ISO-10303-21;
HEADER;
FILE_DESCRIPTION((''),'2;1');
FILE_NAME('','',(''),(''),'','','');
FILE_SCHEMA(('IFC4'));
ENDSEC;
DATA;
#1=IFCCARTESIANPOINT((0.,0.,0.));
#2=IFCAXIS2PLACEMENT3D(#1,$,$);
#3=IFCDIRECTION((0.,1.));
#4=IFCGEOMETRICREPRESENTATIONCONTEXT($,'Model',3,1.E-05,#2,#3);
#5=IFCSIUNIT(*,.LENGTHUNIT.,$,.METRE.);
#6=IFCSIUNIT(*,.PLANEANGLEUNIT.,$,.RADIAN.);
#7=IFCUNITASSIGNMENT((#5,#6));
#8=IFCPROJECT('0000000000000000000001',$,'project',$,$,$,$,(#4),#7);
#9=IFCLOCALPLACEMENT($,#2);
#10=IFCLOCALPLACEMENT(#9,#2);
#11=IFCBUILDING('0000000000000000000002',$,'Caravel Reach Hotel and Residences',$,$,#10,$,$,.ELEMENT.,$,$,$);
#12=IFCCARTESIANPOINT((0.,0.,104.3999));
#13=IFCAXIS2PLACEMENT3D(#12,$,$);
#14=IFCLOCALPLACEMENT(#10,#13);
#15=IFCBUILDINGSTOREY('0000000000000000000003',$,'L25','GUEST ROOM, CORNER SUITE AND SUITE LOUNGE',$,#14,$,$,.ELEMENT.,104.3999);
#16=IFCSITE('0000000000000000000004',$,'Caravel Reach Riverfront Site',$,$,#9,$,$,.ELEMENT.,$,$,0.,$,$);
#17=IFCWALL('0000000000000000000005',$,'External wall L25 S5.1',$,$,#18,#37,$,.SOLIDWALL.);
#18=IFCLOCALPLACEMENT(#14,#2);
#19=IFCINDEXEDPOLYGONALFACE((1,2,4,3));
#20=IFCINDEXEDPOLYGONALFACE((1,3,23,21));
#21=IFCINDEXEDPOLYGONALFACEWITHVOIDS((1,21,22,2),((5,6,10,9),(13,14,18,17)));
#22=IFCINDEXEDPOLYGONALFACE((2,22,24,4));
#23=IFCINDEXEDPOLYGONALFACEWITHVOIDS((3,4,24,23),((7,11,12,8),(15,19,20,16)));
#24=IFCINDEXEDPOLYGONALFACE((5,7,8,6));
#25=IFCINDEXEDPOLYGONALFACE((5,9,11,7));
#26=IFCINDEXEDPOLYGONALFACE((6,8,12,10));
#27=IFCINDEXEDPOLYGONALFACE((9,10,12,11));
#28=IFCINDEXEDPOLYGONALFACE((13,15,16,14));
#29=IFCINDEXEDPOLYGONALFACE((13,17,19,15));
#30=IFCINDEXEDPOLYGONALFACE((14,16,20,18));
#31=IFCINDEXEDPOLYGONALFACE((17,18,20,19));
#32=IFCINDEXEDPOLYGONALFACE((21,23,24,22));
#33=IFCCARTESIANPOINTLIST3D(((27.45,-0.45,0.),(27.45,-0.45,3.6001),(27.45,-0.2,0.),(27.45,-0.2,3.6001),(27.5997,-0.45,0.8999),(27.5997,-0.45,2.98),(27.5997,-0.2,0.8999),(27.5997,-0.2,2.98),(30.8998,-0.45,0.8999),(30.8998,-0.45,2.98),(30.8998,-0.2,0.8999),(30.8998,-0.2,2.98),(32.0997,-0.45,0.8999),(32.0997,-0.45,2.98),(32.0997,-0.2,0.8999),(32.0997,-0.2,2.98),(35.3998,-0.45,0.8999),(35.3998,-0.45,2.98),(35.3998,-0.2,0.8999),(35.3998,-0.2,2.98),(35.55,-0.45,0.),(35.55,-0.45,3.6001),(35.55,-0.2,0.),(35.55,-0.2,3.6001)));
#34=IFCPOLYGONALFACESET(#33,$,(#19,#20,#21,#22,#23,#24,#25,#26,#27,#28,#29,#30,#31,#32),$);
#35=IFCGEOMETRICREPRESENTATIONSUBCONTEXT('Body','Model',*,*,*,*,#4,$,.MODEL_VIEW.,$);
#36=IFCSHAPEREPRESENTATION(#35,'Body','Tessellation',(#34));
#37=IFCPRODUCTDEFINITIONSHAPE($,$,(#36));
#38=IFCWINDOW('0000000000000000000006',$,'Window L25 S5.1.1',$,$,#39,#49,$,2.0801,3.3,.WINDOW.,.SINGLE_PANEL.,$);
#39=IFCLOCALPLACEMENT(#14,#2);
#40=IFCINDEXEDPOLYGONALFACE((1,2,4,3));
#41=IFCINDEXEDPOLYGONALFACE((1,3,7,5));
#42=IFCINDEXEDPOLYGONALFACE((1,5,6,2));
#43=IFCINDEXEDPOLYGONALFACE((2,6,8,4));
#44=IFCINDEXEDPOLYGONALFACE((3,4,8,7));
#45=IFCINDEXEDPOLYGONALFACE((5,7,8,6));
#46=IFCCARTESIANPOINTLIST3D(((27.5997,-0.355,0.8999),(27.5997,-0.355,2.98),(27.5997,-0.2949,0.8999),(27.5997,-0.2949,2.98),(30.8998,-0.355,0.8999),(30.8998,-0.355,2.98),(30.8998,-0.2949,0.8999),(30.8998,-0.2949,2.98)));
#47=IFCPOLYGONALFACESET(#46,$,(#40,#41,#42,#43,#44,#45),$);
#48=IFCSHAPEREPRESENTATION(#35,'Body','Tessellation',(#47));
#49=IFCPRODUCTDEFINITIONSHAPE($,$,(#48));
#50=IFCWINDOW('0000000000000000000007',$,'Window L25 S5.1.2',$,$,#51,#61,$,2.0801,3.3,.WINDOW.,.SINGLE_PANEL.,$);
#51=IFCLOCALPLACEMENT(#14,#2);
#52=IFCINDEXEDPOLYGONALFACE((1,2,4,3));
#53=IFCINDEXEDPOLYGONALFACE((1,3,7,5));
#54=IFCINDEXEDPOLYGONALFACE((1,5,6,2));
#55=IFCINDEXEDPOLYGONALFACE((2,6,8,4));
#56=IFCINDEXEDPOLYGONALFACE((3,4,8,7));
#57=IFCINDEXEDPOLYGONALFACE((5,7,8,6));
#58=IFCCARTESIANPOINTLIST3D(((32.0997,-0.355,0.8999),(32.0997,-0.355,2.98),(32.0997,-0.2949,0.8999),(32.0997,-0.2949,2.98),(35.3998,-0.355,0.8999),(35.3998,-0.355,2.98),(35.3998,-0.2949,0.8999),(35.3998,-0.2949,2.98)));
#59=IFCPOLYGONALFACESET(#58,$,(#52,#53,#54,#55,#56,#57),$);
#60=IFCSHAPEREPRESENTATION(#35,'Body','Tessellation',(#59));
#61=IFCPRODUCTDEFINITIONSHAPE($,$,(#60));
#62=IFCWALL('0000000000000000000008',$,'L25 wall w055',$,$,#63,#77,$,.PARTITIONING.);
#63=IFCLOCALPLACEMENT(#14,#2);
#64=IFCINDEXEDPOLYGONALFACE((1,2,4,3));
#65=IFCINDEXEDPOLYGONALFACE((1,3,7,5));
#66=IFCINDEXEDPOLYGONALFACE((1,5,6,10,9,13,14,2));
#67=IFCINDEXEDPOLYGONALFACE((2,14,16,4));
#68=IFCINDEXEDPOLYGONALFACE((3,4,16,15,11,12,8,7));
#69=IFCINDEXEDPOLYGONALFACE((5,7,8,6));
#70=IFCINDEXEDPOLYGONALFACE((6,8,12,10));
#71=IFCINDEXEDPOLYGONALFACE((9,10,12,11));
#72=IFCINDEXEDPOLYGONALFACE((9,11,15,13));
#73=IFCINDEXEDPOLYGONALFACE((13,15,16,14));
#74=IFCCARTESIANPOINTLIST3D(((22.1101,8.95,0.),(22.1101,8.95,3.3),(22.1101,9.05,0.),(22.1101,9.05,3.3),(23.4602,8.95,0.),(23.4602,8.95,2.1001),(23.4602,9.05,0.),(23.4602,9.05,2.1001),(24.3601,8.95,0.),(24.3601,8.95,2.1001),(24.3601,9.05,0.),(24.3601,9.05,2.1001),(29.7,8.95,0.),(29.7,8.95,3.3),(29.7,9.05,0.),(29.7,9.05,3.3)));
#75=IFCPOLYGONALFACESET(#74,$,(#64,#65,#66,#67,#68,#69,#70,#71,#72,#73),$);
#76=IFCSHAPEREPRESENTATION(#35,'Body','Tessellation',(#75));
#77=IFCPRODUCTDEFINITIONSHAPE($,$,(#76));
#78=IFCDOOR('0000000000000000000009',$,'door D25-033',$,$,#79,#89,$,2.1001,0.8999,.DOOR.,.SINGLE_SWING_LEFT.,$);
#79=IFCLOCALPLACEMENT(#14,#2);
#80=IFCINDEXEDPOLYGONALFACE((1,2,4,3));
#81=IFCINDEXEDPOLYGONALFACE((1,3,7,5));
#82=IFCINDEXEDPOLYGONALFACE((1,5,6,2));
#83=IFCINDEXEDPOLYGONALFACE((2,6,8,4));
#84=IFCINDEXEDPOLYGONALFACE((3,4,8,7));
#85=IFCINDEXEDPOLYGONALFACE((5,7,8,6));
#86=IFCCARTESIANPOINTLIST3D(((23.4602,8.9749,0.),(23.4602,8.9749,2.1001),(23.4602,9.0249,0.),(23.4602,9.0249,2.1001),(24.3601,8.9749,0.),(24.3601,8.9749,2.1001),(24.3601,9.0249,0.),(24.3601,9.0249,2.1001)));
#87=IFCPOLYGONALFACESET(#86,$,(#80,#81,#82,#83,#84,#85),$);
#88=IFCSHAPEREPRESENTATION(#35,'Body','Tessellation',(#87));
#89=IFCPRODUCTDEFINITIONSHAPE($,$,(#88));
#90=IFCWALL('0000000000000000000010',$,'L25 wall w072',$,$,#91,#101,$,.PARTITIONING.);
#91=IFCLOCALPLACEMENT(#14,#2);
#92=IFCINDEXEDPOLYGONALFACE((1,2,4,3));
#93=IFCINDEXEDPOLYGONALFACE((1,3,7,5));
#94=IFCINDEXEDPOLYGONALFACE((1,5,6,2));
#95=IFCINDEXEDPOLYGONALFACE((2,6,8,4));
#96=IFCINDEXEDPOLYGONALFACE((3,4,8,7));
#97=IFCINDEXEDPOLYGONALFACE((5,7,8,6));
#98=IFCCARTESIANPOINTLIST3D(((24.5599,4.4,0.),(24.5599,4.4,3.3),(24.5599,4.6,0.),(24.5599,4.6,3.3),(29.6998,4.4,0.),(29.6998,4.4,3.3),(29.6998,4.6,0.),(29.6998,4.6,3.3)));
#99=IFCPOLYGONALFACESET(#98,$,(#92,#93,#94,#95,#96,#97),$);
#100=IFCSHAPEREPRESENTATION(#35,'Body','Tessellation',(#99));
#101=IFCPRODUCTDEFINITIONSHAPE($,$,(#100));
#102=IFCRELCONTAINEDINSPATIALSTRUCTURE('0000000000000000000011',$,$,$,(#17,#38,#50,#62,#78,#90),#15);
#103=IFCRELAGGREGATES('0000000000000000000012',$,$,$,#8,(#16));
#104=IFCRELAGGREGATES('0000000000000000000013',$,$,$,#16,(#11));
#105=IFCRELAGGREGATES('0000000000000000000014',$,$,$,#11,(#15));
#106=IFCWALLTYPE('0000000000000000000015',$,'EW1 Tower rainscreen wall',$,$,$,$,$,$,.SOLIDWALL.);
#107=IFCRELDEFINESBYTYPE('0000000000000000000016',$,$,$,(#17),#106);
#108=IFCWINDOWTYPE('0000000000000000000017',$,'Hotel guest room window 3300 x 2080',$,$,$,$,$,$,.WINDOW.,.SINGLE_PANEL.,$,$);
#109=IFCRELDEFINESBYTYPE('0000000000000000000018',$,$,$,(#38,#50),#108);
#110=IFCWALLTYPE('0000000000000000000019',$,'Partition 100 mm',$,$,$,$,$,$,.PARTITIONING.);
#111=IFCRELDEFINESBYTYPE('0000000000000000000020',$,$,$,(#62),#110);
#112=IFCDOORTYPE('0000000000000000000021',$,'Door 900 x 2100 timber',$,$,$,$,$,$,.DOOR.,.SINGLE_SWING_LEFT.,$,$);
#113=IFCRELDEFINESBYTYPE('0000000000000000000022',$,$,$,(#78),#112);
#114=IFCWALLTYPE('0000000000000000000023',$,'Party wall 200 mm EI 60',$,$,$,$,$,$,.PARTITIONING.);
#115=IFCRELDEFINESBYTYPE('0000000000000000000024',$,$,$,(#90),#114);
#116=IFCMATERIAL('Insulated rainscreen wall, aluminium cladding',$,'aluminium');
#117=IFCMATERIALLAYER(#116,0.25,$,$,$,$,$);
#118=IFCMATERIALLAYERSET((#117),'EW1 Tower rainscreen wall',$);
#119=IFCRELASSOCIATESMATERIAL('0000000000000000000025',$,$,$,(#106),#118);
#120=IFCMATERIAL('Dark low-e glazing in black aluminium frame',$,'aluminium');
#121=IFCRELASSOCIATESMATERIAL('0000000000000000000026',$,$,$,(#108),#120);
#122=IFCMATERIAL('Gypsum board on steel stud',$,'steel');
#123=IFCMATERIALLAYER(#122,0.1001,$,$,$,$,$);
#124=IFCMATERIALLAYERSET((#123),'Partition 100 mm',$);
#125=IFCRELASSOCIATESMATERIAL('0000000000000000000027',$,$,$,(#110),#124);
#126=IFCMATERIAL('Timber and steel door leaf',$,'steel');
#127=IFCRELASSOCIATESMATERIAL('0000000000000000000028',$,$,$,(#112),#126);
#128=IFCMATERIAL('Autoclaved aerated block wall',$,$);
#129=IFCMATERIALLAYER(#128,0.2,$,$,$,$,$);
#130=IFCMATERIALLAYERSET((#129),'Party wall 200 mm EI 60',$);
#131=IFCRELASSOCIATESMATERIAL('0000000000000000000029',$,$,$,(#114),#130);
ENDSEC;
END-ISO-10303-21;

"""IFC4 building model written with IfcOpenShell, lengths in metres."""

from ifc_helpers import new_model, si_unit, direction, frame, frame_2d, origin, place, context, subcontext, project, spatial, rectangle, extrude, material, layer, layer_set, type_object, element, fill, save


model = new_model("IFC4")

# Units and contexts
model_context = context("Model", 3, precision=1e-05, world=origin(), true_north=direction((0.0, 1.0)))
body_context = subcontext(model_context, "Body", "Model", "MODEL_VIEW")
ifc_project = project(units=[si_unit("LENGTHUNIT", "METRE"), si_unit("PLANEANGLEUNIT", "RADIAN")], contexts=[model_context])

# Site, building, storey
site_placement = place(None, origin())
site = spatial("IfcSite", under=ifc_project, at=site_placement, Name="Caravel Reach Riverfront Site", CompositionType="ELEMENT", RefElevation=0.0)
building_placement = place(site_placement, origin())
building = spatial("IfcBuilding", under=site, at=building_placement, Name="Caravel Reach Hotel and Residences", CompositionType="ELEMENT")
storey_placement = place(building_placement, frame((0.0, 0.0, 104.3999)))
storey = spatial("IfcBuildingStorey", under=building, at=storey_placement, Name="L25", Description="GUEST ROOM, CORNER SUITE AND SUITE LOUNGE", CompositionType="ELEMENT", Elevation=104.3999)

# Shared definitions
ifc_material_1 = material(Name="Insulated rainscreen wall, aluminium cladding", Category="aluminium")
ifc_layer_1 = layer(ifc_material_1, 0.25)
ifc_layer_set_1 = layer_set([ifc_layer_1], Name="EW1 Tower rainscreen wall")
wall_type_1 = type_object("IfcWallType", Name="EW1 Tower rainscreen wall", PredefinedType="SOLIDWALL", material=ifc_layer_set_1)

# Wall, openings, windows
wall_1_placement = place(storey_placement, frame((27.45, -0.325, 0.0), z_axis=(0.0, 0.0, 1.0), x_axis=(1.0, 0.0, 0.0)))
wall_1 = element("IfcWall", 1, at=wall_1_placement, inside=storey, type_object=wall_type_1, Name="External wall L25 S5.1", PredefinedType="SOLIDWALL", context=body_context, shape_type="SweptSolid", body=[
    extrude(rectangle(XDim=8.1001, YDim=0.25, at=frame_2d((4.05, 0.0))), origin(), (0.0, 0.0, 1.0), 3.6001),
])
opening_1_placement = place(wall_1_placement, frame((0.1499, 0.0, 0.8999)))
opening_1 = element("IfcOpeningElement", 2, at=opening_1_placement, cuts=wall_1, PredefinedType="OPENING", context=body_context, shape_type="SweptSolid", body=[
    extrude(rectangle(XDim=3.3, YDim=2.0801, at=frame_2d((1.6499, 1.04))), frame((0.0, 0.135, 0.0), z_axis=(0.0, -1.0, 0.0), x_axis=(1.0, 0.0, 0.0)), (0.0, 0.0, 1.0), 0.27),
])
opening_2_placement = place(wall_1_placement, frame((4.6499, 0.0, 0.8999)))
opening_2 = element("IfcOpeningElement", 3, at=opening_2_placement, cuts=wall_1, PredefinedType="OPENING", context=body_context, shape_type="SweptSolid", body=[
    extrude(rectangle(XDim=3.3, YDim=2.0801, at=frame_2d((1.6499, 1.04))), frame((0.0, 0.135, 0.0), z_axis=(0.0, -1.0, 0.0), x_axis=(1.0, 0.0, 0.0)), (0.0, 0.0, 1.0), 0.27),
])
ifc_material_2 = material(Name="Dark low-e glazing in black aluminium frame", Category="aluminium")
window_type_1 = type_object("IfcWindowType", Name="Hotel guest room window 3300 x 2080", PartitioningType="SINGLE_PANEL", PredefinedType="WINDOW", material=ifc_material_2)
window_1_placement = place(opening_1_placement, origin())
window_1 = element("IfcWindow", 4, at=window_1_placement, inside=storey, type_object=window_type_1, Name="Window L25 S5.1.1", OverallHeight=2.0801, OverallWidth=3.3, PartitioningType="SINGLE_PANEL", PredefinedType="WINDOW", context=body_context, shape_type="SweptSolid", body=[
    extrude(rectangle(XDim=3.3, YDim=2.0801, at=frame_2d((1.6499, 1.04))), frame((0.0, 0.03, 0.0), z_axis=(0.0, -1.0, 0.0), x_axis=(1.0, 0.0, 0.0)), (0.0, 0.0, 1.0), 0.0601),
])
fill(opening_1, window_1)
window_2_placement = place(opening_2_placement, origin())
window_2 = element("IfcWindow", 5, at=window_2_placement, inside=storey, type_object=window_type_1, Name="Window L25 S5.1.2", OverallHeight=2.0801, OverallWidth=3.3, PartitioningType="SINGLE_PANEL", PredefinedType="WINDOW", context=body_context, shape_type="SweptSolid", body=[
    extrude(rectangle(XDim=3.3, YDim=2.0801, at=frame_2d((1.6499, 1.04))), frame((0.0, 0.03, 0.0), z_axis=(0.0, -1.0, 0.0), x_axis=(1.0, 0.0, 0.0)), (0.0, 0.0, 1.0), 0.0601),
])
fill(opening_2, window_2)

# Wall, opening, door
ifc_material_3 = material(Name="Gypsum board on steel stud", Category="steel")
ifc_layer_2 = layer(ifc_material_3, 0.1001)
ifc_layer_set_2 = layer_set([ifc_layer_2], Name="Partition 100 mm")
wall_type_2 = type_object("IfcWallType", Name="Partition 100 mm", PredefinedType="PARTITIONING", material=ifc_layer_set_2)
wall_2_placement = place(storey_placement, frame((22.1101, 9.0, 0.0), z_axis=(0.0, 0.0, 1.0), x_axis=(1.0, 0.0, 0.0)))
wall_2 = element("IfcWall", 6, at=wall_2_placement, inside=storey, type_object=wall_type_2, Name="L25 wall w055", PredefinedType="PARTITIONING", context=body_context, shape_type="SweptSolid", body=[
    extrude(rectangle(XDim=7.5898, YDim=0.1001, at=frame_2d((3.7949, 0.0))), origin(), (0.0, 0.0, 1.0), 3.3),
])
opening_3_placement = place(wall_2_placement, frame((1.3501, 0.0, 0.0)))
opening_3 = element("IfcOpeningElement", 7, at=opening_3_placement, cuts=wall_2, PredefinedType="OPENING", context=body_context, shape_type="SweptSolid", body=[
    extrude(rectangle(XDim=0.8999, YDim=2.1001, at=frame_2d((0.45, 1.05))), frame((0.0, 0.0601, 0.0), z_axis=(0.0, -1.0, 0.0), x_axis=(1.0, 0.0, 0.0)), (0.0, 0.0, 1.0), 0.1201),
])
ifc_material_4 = material(Name="Timber and steel door leaf", Category="steel")
door_type_1 = type_object("IfcDoorType", Name="Door 900 x 2100 timber", OperationType="SINGLE_SWING_LEFT", PredefinedType="DOOR", material=ifc_material_4)
door_1_placement = place(opening_3_placement, origin())
door_1 = element("IfcDoor", 8, at=door_1_placement, inside=storey, type_object=door_type_1, Name="door D25-033", OperationType="SINGLE_SWING_LEFT", OverallHeight=2.1001, OverallWidth=0.8999, PredefinedType="DOOR", context=body_context, shape_type="SweptSolid", body=[
    extrude(rectangle(XDim=0.8999, YDim=2.1001, at=frame_2d((0.45, 1.05))), frame((0.0, 0.0249, 0.0), z_axis=(0.0, -1.0, 0.0), x_axis=(1.0, 0.0, 0.0)), (0.0, 0.0, 1.0), 0.05),
])
fill(opening_3, door_1)

# Wall
ifc_material_5 = material(Name="Autoclaved aerated block wall")
ifc_layer_3 = layer(ifc_material_5, 0.2)
ifc_layer_set_3 = layer_set([ifc_layer_3], Name="Party wall 200 mm EI 60")
wall_type_3 = type_object("IfcWallType", Name="Party wall 200 mm EI 60", PredefinedType="PARTITIONING", material=ifc_layer_set_3)
wall_3_placement = place(storey_placement, frame((24.5601, 4.5, 0.0), z_axis=(0.0, 0.0, 1.0), x_axis=(1.0, 0.0, 0.0)))
element("IfcWall", 9, at=wall_3_placement, inside=storey, type_object=wall_type_3, Name="L25 wall w072", PredefinedType="PARTITIONING", context=body_context, shape_type="SweptSolid", body=[
    extrude(rectangle(XDim=5.1399, YDim=0.2, at=frame_2d((2.5698, 0.0))), origin(), (0.0, 0.0, 1.0), 3.3),
])

save(model, "model.ifc")
